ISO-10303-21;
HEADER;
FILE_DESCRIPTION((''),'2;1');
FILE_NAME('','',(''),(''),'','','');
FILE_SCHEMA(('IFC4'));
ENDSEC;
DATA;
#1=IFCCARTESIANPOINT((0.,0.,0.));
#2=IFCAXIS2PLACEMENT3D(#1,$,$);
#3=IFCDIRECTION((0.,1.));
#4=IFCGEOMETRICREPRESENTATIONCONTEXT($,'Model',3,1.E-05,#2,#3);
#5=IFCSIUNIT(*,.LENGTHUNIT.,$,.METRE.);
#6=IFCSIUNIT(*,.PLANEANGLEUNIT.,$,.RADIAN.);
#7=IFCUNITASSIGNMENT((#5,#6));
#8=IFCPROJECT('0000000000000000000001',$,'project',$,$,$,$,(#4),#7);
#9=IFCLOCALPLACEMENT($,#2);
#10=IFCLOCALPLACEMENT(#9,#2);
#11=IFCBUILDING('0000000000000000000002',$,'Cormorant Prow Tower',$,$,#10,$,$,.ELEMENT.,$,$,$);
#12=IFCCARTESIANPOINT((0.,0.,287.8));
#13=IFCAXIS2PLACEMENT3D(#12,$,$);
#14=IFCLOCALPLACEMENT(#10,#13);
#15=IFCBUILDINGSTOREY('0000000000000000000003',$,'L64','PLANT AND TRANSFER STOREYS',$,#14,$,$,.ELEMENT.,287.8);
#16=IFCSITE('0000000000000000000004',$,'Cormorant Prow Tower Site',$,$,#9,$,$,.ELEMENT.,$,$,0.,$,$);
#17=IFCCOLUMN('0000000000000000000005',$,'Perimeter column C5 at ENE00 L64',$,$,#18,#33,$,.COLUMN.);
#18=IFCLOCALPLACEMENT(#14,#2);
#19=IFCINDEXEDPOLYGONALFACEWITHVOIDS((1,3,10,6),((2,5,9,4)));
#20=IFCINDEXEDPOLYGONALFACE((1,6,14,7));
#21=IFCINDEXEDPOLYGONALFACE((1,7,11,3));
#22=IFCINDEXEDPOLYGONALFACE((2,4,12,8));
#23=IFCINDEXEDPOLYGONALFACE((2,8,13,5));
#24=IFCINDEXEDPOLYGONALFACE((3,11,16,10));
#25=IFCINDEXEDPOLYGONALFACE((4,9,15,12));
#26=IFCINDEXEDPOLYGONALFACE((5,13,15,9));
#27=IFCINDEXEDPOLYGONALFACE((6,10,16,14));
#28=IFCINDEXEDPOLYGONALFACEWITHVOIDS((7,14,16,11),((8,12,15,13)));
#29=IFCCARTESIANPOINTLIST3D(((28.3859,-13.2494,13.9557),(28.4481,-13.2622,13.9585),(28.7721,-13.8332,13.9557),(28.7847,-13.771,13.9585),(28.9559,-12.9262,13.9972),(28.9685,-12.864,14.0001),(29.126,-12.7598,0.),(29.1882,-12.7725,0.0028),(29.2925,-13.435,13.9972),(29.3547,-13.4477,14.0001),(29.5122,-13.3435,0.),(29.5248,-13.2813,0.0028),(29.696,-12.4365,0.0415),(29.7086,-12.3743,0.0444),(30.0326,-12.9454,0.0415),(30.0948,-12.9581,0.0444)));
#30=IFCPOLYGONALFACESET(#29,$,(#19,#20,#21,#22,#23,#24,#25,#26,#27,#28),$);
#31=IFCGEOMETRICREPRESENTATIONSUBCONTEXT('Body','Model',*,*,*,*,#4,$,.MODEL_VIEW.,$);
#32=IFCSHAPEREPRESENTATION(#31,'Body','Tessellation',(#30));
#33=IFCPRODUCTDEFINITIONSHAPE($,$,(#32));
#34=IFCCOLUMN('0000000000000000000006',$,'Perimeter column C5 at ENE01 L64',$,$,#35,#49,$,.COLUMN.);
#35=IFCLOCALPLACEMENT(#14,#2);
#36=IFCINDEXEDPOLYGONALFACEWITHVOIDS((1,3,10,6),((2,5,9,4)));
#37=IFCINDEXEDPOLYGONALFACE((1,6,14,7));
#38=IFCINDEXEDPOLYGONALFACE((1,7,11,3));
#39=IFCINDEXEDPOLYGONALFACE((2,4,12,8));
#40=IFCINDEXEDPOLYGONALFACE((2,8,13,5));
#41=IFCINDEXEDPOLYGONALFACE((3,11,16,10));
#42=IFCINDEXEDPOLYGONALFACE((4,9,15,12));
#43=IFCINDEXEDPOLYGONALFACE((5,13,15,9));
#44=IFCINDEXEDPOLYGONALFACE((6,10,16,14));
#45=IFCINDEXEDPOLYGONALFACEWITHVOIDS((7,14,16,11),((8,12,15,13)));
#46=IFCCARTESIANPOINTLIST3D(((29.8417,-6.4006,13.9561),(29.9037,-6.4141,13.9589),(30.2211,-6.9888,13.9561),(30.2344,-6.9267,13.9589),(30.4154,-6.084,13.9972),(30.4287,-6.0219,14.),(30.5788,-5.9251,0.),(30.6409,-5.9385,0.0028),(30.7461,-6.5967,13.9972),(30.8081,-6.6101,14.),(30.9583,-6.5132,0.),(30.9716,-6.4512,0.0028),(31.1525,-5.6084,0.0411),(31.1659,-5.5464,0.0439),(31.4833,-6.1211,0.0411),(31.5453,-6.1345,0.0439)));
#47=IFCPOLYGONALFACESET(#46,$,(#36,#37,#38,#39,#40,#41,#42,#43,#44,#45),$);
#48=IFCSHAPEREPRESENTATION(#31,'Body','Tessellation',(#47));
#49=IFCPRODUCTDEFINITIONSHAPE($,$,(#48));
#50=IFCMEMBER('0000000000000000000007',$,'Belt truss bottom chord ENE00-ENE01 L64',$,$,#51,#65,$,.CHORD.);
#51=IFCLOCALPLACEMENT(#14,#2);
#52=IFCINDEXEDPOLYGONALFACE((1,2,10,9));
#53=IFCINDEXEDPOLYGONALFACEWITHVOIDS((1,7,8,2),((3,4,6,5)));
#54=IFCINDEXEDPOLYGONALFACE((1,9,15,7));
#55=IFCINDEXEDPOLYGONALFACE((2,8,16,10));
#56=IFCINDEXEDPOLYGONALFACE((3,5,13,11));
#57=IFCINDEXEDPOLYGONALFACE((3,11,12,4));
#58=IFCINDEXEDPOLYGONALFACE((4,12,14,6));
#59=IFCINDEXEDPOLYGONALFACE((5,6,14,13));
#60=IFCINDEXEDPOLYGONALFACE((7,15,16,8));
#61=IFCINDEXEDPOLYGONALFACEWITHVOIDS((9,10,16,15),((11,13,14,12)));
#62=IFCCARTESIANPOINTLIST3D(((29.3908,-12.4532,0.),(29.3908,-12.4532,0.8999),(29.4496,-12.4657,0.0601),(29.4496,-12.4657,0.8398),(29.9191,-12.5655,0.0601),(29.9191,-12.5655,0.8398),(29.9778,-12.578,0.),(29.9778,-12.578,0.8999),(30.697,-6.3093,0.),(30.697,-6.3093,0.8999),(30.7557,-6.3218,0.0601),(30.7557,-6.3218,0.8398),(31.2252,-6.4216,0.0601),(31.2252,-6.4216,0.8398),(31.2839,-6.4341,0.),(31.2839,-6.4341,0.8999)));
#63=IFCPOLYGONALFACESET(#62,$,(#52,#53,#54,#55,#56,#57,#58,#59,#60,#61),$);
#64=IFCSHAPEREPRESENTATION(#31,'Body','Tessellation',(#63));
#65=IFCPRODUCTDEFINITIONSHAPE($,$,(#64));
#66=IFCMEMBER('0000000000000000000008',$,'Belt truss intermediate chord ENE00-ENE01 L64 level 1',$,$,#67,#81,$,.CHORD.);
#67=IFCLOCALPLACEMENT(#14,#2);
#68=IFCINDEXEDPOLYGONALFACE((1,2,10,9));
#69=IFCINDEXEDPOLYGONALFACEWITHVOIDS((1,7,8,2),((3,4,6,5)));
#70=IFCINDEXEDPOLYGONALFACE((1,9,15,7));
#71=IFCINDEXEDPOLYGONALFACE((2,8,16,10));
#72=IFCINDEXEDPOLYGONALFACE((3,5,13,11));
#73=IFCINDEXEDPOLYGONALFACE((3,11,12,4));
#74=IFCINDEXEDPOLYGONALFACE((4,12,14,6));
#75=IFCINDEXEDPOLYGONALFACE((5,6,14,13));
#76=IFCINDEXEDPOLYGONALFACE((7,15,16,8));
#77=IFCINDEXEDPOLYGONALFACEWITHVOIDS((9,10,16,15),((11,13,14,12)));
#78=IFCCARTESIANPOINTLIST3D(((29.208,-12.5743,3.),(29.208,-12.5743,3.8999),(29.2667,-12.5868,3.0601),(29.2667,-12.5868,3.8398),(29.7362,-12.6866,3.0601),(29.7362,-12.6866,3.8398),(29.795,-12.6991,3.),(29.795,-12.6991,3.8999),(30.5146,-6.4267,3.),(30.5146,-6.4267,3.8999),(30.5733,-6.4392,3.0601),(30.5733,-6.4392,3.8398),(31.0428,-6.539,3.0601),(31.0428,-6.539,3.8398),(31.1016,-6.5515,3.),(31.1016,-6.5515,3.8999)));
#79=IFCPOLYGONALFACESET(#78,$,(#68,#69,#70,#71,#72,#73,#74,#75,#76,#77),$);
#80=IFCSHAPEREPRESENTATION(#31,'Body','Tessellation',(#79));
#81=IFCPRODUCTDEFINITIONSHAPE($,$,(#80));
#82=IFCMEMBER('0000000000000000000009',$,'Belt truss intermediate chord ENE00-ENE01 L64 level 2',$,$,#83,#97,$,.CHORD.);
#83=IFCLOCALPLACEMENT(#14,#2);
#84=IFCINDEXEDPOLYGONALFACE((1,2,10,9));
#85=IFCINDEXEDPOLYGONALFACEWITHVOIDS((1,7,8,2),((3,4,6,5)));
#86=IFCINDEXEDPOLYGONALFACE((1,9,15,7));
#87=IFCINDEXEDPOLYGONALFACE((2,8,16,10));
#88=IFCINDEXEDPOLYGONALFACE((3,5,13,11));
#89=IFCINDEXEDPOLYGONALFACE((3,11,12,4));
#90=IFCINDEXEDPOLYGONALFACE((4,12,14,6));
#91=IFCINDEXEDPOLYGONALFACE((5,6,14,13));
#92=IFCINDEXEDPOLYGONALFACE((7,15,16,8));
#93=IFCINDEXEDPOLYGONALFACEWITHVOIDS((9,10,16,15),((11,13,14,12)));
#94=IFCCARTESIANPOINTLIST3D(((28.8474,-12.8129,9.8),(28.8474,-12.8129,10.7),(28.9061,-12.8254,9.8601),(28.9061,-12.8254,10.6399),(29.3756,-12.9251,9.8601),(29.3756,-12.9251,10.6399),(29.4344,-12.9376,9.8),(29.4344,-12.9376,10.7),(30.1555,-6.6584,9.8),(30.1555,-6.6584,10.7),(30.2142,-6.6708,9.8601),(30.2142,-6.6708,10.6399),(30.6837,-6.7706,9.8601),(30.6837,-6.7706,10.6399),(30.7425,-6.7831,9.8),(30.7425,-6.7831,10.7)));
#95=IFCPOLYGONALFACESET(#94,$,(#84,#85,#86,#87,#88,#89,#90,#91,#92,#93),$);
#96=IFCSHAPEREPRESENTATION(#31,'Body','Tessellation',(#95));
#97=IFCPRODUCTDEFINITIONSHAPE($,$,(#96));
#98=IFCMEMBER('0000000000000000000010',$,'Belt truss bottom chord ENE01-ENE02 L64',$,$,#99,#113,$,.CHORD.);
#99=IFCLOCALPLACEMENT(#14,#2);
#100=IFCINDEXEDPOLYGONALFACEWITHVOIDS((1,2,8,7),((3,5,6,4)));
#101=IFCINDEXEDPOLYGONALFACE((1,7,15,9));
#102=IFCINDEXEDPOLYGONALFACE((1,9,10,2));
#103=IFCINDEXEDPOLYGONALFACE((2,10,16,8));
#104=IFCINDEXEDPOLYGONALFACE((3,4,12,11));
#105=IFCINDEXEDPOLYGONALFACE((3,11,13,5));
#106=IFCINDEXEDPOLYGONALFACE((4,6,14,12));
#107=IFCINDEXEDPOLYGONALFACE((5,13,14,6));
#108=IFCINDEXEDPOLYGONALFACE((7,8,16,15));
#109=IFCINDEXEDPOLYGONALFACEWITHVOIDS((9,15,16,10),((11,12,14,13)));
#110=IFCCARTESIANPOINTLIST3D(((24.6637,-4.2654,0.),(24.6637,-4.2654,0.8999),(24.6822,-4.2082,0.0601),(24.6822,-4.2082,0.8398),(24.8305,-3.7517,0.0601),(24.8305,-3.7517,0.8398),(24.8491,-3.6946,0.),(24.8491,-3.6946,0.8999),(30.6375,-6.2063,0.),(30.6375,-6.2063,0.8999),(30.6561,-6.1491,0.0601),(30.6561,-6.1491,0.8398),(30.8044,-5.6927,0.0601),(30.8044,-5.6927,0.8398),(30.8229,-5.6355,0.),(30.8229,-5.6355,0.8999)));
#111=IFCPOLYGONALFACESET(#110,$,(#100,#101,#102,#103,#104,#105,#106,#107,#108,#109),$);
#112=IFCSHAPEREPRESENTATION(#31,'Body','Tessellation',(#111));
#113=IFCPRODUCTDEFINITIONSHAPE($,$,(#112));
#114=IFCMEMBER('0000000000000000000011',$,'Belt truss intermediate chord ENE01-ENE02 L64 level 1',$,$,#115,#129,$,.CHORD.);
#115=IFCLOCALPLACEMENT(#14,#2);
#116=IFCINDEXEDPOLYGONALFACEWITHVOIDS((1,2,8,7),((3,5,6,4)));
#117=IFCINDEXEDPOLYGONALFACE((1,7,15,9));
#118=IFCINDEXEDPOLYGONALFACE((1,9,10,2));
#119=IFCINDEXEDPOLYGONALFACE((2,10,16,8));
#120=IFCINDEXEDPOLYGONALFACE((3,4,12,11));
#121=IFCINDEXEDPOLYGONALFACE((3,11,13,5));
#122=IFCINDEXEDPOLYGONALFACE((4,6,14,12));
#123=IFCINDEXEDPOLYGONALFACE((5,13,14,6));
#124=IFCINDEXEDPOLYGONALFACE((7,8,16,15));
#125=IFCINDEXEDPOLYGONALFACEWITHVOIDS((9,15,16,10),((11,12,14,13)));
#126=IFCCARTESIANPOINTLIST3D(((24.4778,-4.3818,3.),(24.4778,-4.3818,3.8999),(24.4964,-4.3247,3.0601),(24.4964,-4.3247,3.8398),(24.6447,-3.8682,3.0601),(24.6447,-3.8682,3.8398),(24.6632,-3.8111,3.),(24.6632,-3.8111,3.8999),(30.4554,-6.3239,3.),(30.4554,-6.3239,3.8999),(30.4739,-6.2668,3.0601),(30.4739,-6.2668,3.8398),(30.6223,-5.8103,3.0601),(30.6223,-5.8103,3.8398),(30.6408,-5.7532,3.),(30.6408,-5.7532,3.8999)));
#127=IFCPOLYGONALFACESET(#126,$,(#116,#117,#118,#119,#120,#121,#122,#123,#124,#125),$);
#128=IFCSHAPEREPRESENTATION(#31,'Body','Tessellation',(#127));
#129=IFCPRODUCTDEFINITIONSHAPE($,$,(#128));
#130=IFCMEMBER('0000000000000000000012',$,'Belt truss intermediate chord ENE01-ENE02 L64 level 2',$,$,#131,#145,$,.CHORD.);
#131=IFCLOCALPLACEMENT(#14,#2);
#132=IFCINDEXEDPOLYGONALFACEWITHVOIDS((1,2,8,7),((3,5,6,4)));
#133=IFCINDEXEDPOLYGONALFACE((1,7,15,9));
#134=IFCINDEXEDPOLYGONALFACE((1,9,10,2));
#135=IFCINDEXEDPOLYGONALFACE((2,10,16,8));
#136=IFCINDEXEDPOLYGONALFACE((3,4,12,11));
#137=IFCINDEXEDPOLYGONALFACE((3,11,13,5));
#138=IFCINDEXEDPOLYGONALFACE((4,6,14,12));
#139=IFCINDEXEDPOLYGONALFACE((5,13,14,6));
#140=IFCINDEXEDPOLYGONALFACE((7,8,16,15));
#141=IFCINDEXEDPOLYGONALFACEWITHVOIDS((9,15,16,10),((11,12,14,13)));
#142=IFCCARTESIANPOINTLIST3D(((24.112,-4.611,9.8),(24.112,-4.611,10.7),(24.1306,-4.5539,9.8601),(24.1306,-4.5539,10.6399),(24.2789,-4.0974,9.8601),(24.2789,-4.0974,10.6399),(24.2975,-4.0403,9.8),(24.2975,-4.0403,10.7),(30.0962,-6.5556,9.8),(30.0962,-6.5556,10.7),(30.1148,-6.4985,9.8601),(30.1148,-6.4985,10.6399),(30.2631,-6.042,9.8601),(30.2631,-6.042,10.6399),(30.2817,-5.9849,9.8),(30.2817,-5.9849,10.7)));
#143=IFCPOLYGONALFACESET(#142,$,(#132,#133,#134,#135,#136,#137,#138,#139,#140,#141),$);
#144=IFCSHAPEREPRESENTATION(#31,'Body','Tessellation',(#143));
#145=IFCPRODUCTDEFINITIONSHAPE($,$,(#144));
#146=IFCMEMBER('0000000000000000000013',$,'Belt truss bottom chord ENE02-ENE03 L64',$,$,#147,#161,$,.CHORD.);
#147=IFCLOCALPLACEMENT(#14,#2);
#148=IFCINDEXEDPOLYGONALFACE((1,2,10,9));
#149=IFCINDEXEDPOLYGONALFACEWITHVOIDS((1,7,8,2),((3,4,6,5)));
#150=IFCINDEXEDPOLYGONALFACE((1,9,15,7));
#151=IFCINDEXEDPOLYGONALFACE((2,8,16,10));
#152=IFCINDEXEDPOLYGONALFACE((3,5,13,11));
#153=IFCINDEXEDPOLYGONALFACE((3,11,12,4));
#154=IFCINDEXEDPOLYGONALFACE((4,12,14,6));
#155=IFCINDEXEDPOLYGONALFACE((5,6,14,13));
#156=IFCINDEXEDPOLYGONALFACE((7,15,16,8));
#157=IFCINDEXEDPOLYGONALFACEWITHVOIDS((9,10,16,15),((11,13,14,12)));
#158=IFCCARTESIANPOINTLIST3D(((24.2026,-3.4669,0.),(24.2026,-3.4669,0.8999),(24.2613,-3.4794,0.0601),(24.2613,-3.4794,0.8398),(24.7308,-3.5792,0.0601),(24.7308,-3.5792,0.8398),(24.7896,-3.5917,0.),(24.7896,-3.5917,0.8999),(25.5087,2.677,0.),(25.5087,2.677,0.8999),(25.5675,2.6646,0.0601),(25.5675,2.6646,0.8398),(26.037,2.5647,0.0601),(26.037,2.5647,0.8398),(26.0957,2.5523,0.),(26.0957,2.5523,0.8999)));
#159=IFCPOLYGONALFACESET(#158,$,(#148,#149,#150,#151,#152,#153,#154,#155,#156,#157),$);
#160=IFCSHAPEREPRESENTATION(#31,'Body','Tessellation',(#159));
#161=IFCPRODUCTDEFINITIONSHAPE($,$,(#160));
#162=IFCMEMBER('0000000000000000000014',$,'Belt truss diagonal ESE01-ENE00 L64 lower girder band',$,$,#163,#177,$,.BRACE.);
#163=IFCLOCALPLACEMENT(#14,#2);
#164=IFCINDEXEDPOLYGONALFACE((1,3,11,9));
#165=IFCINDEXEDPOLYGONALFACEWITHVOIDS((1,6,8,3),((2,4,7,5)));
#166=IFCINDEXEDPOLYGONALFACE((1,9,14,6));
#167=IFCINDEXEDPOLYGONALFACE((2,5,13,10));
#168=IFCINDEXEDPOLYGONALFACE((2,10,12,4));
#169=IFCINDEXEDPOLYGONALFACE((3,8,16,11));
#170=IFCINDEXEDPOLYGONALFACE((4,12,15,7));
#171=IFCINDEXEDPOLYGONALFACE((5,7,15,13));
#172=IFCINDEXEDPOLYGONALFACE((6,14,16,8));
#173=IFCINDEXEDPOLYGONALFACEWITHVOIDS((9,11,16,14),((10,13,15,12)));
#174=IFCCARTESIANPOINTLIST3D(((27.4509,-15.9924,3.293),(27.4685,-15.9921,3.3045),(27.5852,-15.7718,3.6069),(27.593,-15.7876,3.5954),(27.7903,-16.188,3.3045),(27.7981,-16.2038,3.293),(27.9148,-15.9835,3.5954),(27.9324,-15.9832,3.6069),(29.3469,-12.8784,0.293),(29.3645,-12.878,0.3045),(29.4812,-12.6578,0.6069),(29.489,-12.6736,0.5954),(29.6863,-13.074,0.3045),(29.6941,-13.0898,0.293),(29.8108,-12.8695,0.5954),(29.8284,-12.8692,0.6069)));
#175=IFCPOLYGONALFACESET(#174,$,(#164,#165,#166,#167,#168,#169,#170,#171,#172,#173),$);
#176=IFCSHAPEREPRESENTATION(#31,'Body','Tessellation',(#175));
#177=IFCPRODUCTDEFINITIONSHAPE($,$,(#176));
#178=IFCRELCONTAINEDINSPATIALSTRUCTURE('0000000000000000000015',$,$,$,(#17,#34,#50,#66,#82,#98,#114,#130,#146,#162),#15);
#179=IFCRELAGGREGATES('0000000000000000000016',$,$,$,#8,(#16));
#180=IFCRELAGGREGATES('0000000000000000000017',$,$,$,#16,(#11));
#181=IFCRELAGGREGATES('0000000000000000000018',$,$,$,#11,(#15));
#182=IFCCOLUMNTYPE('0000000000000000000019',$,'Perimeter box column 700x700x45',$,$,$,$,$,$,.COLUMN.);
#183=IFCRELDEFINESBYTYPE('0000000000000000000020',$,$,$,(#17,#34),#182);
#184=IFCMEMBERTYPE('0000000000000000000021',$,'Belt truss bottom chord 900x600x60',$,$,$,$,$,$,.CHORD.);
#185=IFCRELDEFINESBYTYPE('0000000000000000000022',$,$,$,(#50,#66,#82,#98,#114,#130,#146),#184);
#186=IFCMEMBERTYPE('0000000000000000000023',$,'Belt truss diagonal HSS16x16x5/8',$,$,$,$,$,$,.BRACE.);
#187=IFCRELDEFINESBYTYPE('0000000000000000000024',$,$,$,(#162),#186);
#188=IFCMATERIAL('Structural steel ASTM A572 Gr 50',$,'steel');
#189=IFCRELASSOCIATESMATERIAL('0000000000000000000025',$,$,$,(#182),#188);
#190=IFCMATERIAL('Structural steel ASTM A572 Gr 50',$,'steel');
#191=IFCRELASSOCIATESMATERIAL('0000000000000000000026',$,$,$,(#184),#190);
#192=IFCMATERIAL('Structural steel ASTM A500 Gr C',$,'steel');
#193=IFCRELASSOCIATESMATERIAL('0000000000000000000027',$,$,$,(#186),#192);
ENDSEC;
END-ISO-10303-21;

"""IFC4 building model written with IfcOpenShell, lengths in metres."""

from ifc_helpers import new_model, si_unit, direction, frame, origin, origin_2d, place, context, subcontext, project, spatial, hollow_rectangle, extrude, material, material_profile, profile_set, type_object, element, save


model = new_model("IFC4")

# Units and contexts
model_context = context("Model", 3, precision=1e-05, world=origin(), true_north=direction((0.0, 1.0)))
body_context = subcontext(model_context, "Body", "Model", "MODEL_VIEW")
ifc_project = project(units=[si_unit("LENGTHUNIT", "METRE"), si_unit("PLANEANGLEUNIT", "RADIAN")], contexts=[model_context])

# Site, building, storey
site_placement = place(None, origin())
site = spatial("IfcSite", under=ifc_project, at=site_placement, Name="Cormorant Prow Tower Site", CompositionType="ELEMENT", RefElevation=0.0)
building_placement = place(site_placement, origin())
building = spatial("IfcBuilding", under=site, at=building_placement, Name="Cormorant Prow Tower", CompositionType="ELEMENT")
storey_placement = place(building_placement, frame((0.0, 0.0, 287.8)))
storey = spatial("IfcBuildingStorey", under=building, at=storey_placement, Name="L64", Description="PLANT AND TRANSFER STOREYS", CompositionType="ELEMENT", Elevation=287.8)

# Columns
ifc_material_1 = material(Name="Structural steel ASTM A572 Gr 50", Category="steel")
ifc_material_profile_1 = material_profile(ifc_material_1, hollow_rectangle(XDim=0.7, YDim=0.7, WallThickness=0.0449, at=origin_2d()), Name="Box 700x700x45")
ifc_profile_set_1 = profile_set([ifc_material_profile_1], Name="Structural steel ASTM A572 Gr 50")
column_type = type_object("IfcColumnType", Name="Perimeter box column 700x700x45", PredefinedType="COLUMN", material=ifc_profile_set_1)
column_1_placement = place(storey_placement, frame((29.6116, -12.8582, 0.0), z_axis=(-0.052924, -0.035016, 0.997984), x_axis=(0.551786, -0.833986, 0.0)))
element("IfcColumn", 1, at=column_1_placement, inside=storey, type_object=column_type, Name="Perimeter column C5 at ENE00 L64", PredefinedType="COLUMN", context=body_context, shape_type="SweptSolid", body=[
    extrude(hollow_rectangle(XDim=0.7, YDim=0.7, WallThickness=0.0449, at=origin_2d()), frame((0.0, 0.0, 0.0222)), (0.0, 0.0, 1.0), 13.9839),
])
column_2_placement = place(storey_placement, frame((31.0632, -6.0291, 0.0), z_axis=(-0.052718, -0.034008, 0.99803), x_axis=(0.542089, -0.840321, 0.0)))
element("IfcColumn", 2, at=column_2_placement, inside=storey, type_object=column_type, Name="Perimeter column C5 at ENE01 L64", PredefinedType="COLUMN", context=body_context, shape_type="SweptSolid", body=[
    extrude(hollow_rectangle(XDim=0.7, YDim=0.7, WallThickness=0.0449, at=origin_2d()), frame((0.0, 0.0, 0.022)), (0.0, 0.0, 1.0), 13.9836),
])

# Members
ifc_material_2 = material(Name="Structural steel ASTM A572 Gr 50", Category="steel")
ifc_material_profile_2 = material_profile(ifc_material_2, hollow_rectangle(XDim=0.6001, YDim=0.8999, WallThickness=0.0601, at=origin_2d()), Name="Box 900x600x60")
ifc_profile_set_2 = profile_set([ifc_material_profile_2], Name="Structural steel ASTM A572 Gr 50")
member_type_1 = type_object("IfcMemberType", Name="Belt truss bottom chord 900x600x60", PredefinedType="CHORD", material=ifc_profile_set_2)
member_1_placement = place(storey_placement, frame((29.6843, -12.5156, 0.45), z_axis=(0.207941, 0.978141, 0.0), x_axis=(-0.978141, 0.207941, 0.0)))
element("IfcMember", 3, at=member_1_placement, inside=storey, type_object=member_type_1, Name="Belt truss bottom chord ENE00-ENE01 L64", PredefinedType="CHORD", context=body_context, shape_type="SweptSolid", body=[
    extrude(hollow_rectangle(XDim=0.6001, YDim=0.8999, WallThickness=0.0601, at=origin_2d()), origin(), (0.0, 0.0, 1.0), 6.2812),
])
member_2_placement = place(storey_placement, frame((29.5015, -12.6367, 3.45), z_axis=(0.207897, 0.978151, 0.0), x_axis=(-0.978151, 0.207897, 0.0)))
element("IfcMember", 4, at=member_2_placement, inside=storey, type_object=member_type_1, Name="Belt truss intermediate chord ENE00-ENE01 L64 level 1", PredefinedType="CHORD", context=body_context, shape_type="SweptSolid", body=[
    extrude(hollow_rectangle(XDim=0.6001, YDim=0.8999, WallThickness=0.0601, at=origin_2d()), origin(), (0.0, 0.0, 1.0), 6.2849),
])
member_3_placement = place(storey_placement, frame((29.1409, -12.8752, 10.25), z_axis=(0.207899, 0.97815, 0.0), x_axis=(-0.97815, 0.207899, 0.0)))
element("IfcMember", 5, at=member_3_placement, inside=storey, type_object=member_type_1, Name="Belt truss intermediate chord ENE00-ENE01 L64 level 2", PredefinedType="CHORD", context=body_context, shape_type="SweptSolid", body=[
    extrude(hollow_rectangle(XDim=0.6001, YDim=0.8999, WallThickness=0.0601, at=origin_2d()), origin(), (0.0, 0.0, 1.0), 6.292),
])
member_4_placement = place(storey_placement, frame((30.7302, -5.9209, 0.45), z_axis=(-0.951062, 0.309001, 0.0), x_axis=(-0.309001, -0.951062, 0.0)))
element("IfcMember", 6, at=member_4_placement, inside=storey, type_object=member_type_1, Name="Belt truss bottom chord ENE01-ENE02 L64", PredefinedType="CHORD", context=body_context, shape_type="SweptSolid", body=[
    extrude(hollow_rectangle(XDim=0.6001, YDim=0.8999, WallThickness=0.0601, at=origin_2d()), origin(), (0.0, 0.0, 1.0), 6.2812),
])
member_5_placement = place(storey_placement, frame((30.5481, -6.0386, 3.45), z_axis=(-0.95106, 0.309005, 0.0), x_axis=(-0.309005, -0.95106, 0.0)))
element("IfcMember", 7, at=member_5_placement, inside=storey, type_object=member_type_1, Name="Belt truss intermediate chord ENE01-ENE02 L64 level 1", PredefinedType="CHORD", context=body_context, shape_type="SweptSolid", body=[
    extrude(hollow_rectangle(XDim=0.6001, YDim=0.8999, WallThickness=0.0601, at=origin_2d()), origin(), (0.0, 0.0, 1.0), 6.2852),
])
member_6_placement = place(storey_placement, frame((30.189, -6.2703, 10.25), z_axis=(-0.951046, 0.309048, 0.0), x_axis=(-0.309048, -0.951046, 0.0)))
element("IfcMember", 8, at=member_6_placement, inside=storey, type_object=member_type_1, Name="Belt truss intermediate chord ENE01-ENE02 L64 level 2", PredefinedType="CHORD", context=body_context, shape_type="SweptSolid", body=[
    extrude(hollow_rectangle(XDim=0.6001, YDim=0.8999, WallThickness=0.0601, at=origin_2d()), origin(), (0.0, 0.0, 1.0), 6.2922),
])
member_7_placement = place(storey_placement, frame((24.4961, -3.5293, 0.45), z_axis=(0.207941, 0.978141, 0.0), x_axis=(-0.978141, 0.207941, 0.0)))
element("IfcMember", 9, at=member_7_placement, inside=storey, type_object=member_type_1, Name="Belt truss bottom chord ENE02-ENE03 L64", PredefinedType="CHORD", context=body_context, shape_type="SweptSolid", body=[
    extrude(hollow_rectangle(XDim=0.6001, YDim=0.8999, WallThickness=0.0601, at=origin_2d()), origin(), (0.0, 0.0, 1.0), 6.2812),
])
ifc_material_3 = material(Name="Structural steel ASTM A500 Gr C", Category="steel")
ifc_material_profile_3 = material_profile(ifc_material_3, hollow_rectangle(XDim=0.4065, YDim=0.4065, WallThickness=0.0149, at=origin_2d()), Name="HSS16x16x5/8")
ifc_profile_set_3 = profile_set([ifc_material_profile_3], Name="Structural steel ASTM A500 Gr C")
member_type_2 = type_object("IfcMemberType", Name="Belt truss diagonal HSS16x16x5/8", PredefinedType="BRACE", material=ifc_profile_set_3)
member_8_placement = place(storey_placement, frame((29.5876, -12.8738, 0.45), z_axis=(-0.401573, -0.659549, 0.635401), x_axis=(0.854136, -0.520049, 0.0)))
element("IfcMember", 10, at=member_8_placement, inside=storey, type_object=member_type_2, Name="Belt truss diagonal ESE01-ENE00 L64 lower girder band", PredefinedType="BRACE", context=body_context, shape_type="SweptSolid", body=[
    extrude(hollow_rectangle(XDim=0.4065, YDim=0.4065, WallThickness=0.0149, at=origin_2d()), origin(), (0.0, 0.0, 1.0), 4.7214),
])

save(model, "model.ifc")
